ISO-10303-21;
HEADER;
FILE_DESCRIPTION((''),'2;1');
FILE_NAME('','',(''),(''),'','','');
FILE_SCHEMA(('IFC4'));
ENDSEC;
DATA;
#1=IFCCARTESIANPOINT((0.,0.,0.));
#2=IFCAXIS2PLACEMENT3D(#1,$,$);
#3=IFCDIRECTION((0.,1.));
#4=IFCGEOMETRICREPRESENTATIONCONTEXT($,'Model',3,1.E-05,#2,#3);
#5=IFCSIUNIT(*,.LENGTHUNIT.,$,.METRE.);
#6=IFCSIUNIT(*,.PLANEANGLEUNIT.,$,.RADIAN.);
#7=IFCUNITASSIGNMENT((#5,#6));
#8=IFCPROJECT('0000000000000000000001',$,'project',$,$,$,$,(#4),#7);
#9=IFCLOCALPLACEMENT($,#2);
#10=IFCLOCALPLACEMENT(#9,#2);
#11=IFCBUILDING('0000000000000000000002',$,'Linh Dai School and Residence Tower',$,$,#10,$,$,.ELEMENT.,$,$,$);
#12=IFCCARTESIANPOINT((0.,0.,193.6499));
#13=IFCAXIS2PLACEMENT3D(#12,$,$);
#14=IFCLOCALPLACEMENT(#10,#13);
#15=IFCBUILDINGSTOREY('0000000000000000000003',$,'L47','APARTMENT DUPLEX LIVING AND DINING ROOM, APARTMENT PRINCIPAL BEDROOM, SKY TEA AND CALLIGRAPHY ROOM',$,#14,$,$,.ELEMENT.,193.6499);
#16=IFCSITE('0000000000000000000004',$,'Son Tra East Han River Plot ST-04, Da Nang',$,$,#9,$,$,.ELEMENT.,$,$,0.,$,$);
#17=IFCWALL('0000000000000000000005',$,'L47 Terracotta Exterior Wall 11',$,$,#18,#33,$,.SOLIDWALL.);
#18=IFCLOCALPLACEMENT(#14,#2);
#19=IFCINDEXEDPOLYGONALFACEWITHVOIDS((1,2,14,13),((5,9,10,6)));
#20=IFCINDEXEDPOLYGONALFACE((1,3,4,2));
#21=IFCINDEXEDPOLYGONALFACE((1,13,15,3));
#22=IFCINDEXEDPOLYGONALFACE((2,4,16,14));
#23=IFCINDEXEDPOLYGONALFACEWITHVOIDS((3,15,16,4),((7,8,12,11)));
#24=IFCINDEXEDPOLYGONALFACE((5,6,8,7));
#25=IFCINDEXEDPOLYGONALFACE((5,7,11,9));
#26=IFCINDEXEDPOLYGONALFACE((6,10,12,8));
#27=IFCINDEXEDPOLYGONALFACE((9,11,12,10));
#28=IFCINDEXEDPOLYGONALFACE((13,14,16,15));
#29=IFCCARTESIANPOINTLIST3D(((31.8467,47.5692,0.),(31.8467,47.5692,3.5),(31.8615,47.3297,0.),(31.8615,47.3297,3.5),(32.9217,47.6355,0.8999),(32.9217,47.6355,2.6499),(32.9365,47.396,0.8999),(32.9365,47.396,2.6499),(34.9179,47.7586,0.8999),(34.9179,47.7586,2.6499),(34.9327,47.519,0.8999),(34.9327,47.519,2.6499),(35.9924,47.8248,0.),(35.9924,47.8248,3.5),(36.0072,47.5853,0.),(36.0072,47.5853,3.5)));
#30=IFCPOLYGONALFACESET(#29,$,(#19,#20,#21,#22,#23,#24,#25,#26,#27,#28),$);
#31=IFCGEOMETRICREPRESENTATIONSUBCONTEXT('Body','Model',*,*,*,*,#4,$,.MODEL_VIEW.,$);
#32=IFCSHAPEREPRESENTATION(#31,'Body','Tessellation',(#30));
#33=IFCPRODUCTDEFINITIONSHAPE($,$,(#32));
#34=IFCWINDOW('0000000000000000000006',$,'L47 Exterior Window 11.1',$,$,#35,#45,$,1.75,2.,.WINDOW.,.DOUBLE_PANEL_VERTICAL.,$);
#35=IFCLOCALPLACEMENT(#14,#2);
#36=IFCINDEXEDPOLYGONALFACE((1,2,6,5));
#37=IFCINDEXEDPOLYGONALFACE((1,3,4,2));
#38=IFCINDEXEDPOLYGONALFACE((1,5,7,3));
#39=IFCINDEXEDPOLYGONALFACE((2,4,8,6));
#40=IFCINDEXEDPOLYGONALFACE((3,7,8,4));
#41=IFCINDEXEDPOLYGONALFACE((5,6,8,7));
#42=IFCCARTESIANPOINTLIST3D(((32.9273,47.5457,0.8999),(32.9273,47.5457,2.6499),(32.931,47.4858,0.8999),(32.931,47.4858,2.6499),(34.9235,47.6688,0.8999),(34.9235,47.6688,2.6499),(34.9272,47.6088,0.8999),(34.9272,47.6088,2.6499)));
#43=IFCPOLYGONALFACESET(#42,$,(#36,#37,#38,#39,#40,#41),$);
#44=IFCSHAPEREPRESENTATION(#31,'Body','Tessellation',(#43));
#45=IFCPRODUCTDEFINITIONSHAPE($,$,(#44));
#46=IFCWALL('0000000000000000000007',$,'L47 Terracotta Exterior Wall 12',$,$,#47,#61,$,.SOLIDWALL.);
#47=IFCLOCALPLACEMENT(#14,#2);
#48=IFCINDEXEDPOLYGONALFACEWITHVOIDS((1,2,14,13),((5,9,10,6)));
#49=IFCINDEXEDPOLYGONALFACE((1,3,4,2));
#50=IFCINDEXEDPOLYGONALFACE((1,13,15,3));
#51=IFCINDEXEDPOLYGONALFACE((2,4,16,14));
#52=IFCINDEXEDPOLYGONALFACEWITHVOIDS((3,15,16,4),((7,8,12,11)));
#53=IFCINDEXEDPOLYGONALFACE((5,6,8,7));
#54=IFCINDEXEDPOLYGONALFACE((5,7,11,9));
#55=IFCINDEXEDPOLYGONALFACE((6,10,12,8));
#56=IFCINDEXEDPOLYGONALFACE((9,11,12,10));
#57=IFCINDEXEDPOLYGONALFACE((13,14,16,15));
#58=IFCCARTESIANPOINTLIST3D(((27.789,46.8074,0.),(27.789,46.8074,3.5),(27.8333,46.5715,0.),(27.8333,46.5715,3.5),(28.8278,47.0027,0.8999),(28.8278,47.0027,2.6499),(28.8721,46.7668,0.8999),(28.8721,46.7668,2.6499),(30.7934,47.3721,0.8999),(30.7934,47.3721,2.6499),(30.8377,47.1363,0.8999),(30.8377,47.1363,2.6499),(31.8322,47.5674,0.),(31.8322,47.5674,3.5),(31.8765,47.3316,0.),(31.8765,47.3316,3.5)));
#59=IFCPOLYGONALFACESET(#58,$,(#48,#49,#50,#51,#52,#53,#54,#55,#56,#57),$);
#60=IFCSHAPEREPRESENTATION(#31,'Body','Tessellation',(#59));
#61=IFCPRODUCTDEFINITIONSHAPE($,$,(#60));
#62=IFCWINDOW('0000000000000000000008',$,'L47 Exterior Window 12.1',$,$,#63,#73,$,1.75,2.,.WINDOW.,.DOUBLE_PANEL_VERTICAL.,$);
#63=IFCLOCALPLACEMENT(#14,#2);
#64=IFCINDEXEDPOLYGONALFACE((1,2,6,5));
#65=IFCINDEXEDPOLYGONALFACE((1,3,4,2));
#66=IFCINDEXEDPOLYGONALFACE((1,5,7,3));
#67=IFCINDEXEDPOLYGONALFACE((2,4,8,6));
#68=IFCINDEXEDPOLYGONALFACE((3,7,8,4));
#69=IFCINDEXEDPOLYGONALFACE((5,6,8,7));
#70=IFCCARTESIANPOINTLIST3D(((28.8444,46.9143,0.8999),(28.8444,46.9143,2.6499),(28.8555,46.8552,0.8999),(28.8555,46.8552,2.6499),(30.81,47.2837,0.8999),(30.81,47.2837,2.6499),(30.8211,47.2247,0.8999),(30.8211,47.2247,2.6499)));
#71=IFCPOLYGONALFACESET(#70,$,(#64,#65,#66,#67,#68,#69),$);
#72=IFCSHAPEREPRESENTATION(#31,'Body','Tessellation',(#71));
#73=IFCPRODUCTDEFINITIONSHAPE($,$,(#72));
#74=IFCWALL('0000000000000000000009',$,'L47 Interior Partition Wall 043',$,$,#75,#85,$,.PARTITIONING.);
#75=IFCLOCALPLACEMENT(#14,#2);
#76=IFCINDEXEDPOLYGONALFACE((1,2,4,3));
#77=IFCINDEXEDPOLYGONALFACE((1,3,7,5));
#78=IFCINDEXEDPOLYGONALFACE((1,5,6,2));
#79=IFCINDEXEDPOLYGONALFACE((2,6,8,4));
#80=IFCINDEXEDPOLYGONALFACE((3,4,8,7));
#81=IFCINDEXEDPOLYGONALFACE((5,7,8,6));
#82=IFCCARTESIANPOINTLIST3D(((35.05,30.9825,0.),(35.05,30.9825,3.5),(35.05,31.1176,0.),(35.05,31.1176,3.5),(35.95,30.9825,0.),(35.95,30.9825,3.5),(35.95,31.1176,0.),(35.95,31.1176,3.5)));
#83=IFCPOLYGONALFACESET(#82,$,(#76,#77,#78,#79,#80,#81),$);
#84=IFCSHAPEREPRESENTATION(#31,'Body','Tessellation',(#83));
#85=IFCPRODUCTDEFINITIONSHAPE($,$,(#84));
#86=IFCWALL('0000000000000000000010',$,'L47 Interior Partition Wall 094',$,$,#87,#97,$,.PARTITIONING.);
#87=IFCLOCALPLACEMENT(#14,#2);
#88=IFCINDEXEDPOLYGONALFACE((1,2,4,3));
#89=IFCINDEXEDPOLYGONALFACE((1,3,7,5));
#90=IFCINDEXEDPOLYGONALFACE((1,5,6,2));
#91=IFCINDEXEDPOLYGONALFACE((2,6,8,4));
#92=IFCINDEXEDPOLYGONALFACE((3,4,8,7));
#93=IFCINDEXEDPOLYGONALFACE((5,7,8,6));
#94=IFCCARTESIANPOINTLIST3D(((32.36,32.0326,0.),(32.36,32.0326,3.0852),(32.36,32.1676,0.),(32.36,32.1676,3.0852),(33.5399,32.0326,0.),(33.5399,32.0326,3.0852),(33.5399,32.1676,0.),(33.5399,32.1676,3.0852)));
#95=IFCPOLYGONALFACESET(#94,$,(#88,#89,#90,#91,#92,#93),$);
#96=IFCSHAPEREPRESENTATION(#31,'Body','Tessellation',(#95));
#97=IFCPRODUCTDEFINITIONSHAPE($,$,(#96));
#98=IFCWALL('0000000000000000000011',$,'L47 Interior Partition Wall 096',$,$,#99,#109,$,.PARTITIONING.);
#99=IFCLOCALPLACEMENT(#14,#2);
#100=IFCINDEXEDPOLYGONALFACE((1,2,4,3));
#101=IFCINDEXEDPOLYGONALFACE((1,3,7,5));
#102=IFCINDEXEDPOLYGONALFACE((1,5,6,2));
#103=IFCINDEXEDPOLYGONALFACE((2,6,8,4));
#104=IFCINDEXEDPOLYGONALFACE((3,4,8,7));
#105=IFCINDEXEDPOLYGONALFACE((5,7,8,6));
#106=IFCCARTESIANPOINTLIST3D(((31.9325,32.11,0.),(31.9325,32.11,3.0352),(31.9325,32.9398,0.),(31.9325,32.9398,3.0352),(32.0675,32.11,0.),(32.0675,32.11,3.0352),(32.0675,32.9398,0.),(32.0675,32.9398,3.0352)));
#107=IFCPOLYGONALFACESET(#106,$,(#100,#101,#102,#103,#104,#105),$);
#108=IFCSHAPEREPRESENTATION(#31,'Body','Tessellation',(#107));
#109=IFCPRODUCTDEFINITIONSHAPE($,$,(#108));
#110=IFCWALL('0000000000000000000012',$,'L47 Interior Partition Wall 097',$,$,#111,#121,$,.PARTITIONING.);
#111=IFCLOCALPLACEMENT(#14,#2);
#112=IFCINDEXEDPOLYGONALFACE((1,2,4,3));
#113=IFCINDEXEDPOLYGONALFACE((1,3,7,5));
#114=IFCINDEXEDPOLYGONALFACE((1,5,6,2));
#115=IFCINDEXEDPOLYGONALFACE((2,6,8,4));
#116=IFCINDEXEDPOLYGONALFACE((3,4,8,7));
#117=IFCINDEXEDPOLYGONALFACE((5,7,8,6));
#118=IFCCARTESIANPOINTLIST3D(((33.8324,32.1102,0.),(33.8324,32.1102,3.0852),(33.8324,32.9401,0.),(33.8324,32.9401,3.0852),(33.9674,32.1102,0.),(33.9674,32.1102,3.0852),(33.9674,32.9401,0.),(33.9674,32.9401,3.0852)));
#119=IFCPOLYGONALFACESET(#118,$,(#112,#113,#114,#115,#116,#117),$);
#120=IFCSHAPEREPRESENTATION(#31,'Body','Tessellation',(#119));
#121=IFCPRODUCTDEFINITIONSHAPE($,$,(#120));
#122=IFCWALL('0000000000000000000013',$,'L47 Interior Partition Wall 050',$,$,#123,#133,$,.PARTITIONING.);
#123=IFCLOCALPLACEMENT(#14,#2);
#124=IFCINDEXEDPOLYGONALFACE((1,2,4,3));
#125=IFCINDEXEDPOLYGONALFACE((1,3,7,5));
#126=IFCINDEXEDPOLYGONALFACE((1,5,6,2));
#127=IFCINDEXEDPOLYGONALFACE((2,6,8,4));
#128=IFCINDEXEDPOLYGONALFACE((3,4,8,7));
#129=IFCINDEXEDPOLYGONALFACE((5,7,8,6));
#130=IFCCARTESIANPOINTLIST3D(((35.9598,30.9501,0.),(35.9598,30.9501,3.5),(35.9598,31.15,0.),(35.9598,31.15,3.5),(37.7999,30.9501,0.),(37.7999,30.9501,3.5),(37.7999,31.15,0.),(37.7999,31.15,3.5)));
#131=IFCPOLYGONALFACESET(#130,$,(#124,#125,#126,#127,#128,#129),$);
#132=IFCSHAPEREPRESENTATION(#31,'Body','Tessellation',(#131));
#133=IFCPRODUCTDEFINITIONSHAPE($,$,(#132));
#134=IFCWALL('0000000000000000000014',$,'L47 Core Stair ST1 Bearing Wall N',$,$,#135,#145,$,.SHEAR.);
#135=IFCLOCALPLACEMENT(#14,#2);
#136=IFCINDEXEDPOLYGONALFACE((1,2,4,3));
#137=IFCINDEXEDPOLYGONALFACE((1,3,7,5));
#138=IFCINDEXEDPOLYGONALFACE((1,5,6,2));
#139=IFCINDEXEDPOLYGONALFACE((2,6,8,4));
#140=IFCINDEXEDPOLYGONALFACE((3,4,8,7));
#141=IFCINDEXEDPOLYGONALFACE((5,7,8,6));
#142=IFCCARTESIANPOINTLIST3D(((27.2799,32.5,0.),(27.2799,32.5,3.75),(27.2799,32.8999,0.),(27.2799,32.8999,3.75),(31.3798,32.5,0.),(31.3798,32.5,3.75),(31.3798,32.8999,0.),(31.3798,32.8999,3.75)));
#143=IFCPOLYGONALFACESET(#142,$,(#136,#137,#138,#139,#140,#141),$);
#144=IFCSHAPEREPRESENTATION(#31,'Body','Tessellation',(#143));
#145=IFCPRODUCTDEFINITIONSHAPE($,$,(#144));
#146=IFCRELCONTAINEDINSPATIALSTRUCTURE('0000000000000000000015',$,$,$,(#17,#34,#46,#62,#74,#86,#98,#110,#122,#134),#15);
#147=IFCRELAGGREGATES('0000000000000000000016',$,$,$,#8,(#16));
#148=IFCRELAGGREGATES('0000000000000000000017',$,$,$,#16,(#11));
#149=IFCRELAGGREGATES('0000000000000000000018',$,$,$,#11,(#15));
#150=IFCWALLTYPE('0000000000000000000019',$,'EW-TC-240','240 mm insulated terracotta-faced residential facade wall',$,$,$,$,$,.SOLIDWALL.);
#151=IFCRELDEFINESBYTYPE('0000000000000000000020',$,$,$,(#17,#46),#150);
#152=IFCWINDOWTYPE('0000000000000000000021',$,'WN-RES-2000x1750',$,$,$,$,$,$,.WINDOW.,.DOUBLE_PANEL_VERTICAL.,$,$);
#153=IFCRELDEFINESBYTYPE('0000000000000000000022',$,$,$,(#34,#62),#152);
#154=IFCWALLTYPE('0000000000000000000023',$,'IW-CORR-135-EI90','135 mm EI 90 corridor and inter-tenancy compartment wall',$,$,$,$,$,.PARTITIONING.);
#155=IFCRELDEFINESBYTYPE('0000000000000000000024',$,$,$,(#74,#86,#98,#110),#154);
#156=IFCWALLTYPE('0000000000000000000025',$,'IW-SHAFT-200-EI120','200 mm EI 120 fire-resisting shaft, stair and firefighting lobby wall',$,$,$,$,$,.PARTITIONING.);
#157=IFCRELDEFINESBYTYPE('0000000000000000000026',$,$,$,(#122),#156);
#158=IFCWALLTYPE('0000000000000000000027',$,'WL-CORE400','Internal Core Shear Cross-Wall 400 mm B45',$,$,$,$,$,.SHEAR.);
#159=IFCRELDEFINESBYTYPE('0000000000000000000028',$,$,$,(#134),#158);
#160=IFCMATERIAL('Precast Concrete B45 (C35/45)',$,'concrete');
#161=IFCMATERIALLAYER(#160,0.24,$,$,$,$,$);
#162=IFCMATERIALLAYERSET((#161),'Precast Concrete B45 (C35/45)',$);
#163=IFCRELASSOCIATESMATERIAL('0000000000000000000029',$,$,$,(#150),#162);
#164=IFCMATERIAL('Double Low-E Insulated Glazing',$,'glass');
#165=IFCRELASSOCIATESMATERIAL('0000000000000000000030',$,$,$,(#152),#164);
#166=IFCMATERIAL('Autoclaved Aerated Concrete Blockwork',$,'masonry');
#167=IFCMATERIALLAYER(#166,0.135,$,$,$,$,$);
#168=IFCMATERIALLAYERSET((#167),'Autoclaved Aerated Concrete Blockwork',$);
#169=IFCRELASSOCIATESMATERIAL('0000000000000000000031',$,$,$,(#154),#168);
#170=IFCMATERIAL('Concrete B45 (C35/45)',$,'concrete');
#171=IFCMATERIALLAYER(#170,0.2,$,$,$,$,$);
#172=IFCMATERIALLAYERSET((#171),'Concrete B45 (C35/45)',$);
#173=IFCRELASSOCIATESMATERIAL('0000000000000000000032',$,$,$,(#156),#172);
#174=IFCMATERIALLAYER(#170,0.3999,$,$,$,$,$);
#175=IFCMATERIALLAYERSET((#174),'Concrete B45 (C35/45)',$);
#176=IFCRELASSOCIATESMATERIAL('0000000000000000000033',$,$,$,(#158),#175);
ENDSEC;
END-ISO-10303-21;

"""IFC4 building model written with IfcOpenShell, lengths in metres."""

from ifc_helpers import new_model, si_unit, direction, frame, frame_2d, origin, origin_2d, place, context, subcontext, project, spatial, rectangle, extrude, source, transform, mapped, material, layer, layer_set, type_object, element, fill, save


model = new_model("IFC4")

# Units and contexts
model_context = context("Model", 3, precision=1e-05, world=origin(), true_north=direction((0.0, 1.0)))
body_context = subcontext(model_context, "Body", "Model", "MODEL_VIEW")
ifc_project = project(units=[si_unit("LENGTHUNIT", "METRE"), si_unit("PLANEANGLEUNIT", "RADIAN")], contexts=[model_context])

# Site, building, storey
site_placement = place(None, origin())
site = spatial("IfcSite", under=ifc_project, at=site_placement, Name="Son Tra East Han River Plot ST-04, Da Nang", CompositionType="ELEMENT", RefElevation=0.0)
building_placement = place(site_placement, origin())
building = spatial("IfcBuilding", under=site, at=building_placement, Name="Linh Dai School and Residence Tower", CompositionType="ELEMENT")
storey_placement = place(building_placement, frame((0.0, 0.0, 193.6499)))
storey = spatial("IfcBuildingStorey", under=building, at=storey_placement, Name="L47", Description="APARTMENT DUPLEX LIVING AND DINING ROOM, APARTMENT PRINCIPAL BEDROOM, SKY TEA AND CALLIGRAPHY ROOM", CompositionType="ELEMENT", Elevation=193.6499)

# Walls, openings, windows
ifc_material_1 = material(Name="Precast Concrete B45 (C35/45)", Category="concrete")
ifc_layer_1 = layer(ifc_material_1, 0.24)
ifc_layer_set_1 = layer_set([ifc_layer_1], Name="Precast Concrete B45 (C35/45)")
wall_type_1 = type_object("IfcWallType", Name="EW-TC-240", Description="240 mm insulated terracotta-faced residential facade wall", PredefinedType="SOLIDWALL", material=ifc_layer_set_1)
wall_1_placement = place(storey_placement, frame((31.8542, 47.4495, 0.0), z_axis=(0.0, 0.0, 1.0), x_axis=(0.998105, 0.06154, 0.0)))
wall_1 = element("IfcWall", 1, at=wall_1_placement, inside=storey, type_object=wall_type_1, Name="L47 Terracotta Exterior Wall 11", PredefinedType="SOLIDWALL", context=body_context, shape_type="SweptSolid", body=[
    extrude(rectangle(XDim=4.1536, YDim=0.24, at=frame_2d((2.0767, 0.0))), origin(), (0.0, 0.0, 1.0), 3.5),
])
opening_1_placement = place(wall_1_placement, frame((1.0769, 0.0, 0.8999)))
opening_1 = element("IfcOpeningElement", 2, at=opening_1_placement, cuts=wall_1, PredefinedType="OPENING", context=body_context, shape_type="SweptSolid", body=[
    extrude(rectangle(XDim=2.0, YDim=1.75, at=origin_2d()), frame((1.0, 0.1299, 0.875), z_axis=(0.0, -1.0, 0.0), x_axis=(1.0, 0.0, 0.0)), (0.0, 0.0, 1.0), 0.26),
])
ifc_material_2 = material(Name="Double Low-E Insulated Glazing", Category="glass")
window_type = type_object("IfcWindowType", Name="WN-RES-2000x1750", PartitioningType="DOUBLE_PANEL_VERTICAL", PredefinedType="WINDOW", material=ifc_material_2)
shared_shape_1 = source(origin(), body_context, "Body", "SweptSolid", [
    extrude(rectangle(XDim=2.0, YDim=1.75, at=origin_2d()), frame((1.0, 0.03, 0.875), z_axis=(0.0, -1.0, 0.0), x_axis=(1.0, 0.0, 0.0)), (0.0, 0.0, 1.0), 0.0601),
])
window_1_placement = place(opening_1_placement, origin())
window_1 = element("IfcWindow", 3, at=window_1_placement, inside=storey, type_object=window_type, Name="L47 Exterior Window 11.1", OverallHeight=1.75, OverallWidth=2.0, PartitioningType="DOUBLE_PANEL_VERTICAL", PredefinedType="WINDOW", context=body_context, shape_type="MappedRepresentation", body=[
    mapped(shared_shape_1, transform((0.0, 0.0, 0.0), x_axis=(1.0, 0.0, 0.0), y_axis=(0.0, 1.0, 0.0), z_axis=(0.0, 0.0, 1.0), scale=1.0)),
])
fill(opening_1, window_1)
wall_2_placement = place(storey_placement, frame((27.811, 46.6895, 0.0), z_axis=(0.0, 0.0, 1.0), x_axis=(0.982788, 0.184736, 0.0)))
wall_2 = element("IfcWall", 4, at=wall_2_placement, inside=storey, type_object=wall_type_1, Name="L47 Terracotta Exterior Wall 12", PredefinedType="SOLIDWALL", context=body_context, shape_type="SweptSolid", body=[
    extrude(rectangle(XDim=4.114, YDim=0.24, at=frame_2d((2.0571, 0.0))), origin(), (0.0, 0.0, 1.0), 3.5),
])
opening_2_placement = place(wall_2_placement, frame((1.0571, 0.0, 0.8999)))
opening_2 = element("IfcOpeningElement", 5, at=opening_2_placement, cuts=wall_2, PredefinedType="OPENING", context=body_context, shape_type="SweptSolid", body=[
    extrude(rectangle(XDim=2.0, YDim=1.75, at=origin_2d()), frame((1.0, 0.1299, 0.875), z_axis=(0.0, -1.0, 0.0), x_axis=(1.0, 0.0, 0.0)), (0.0, 0.0, 1.0), 0.26),
])
window_2_placement = place(opening_2_placement, origin())
window_2 = element("IfcWindow", 6, at=window_2_placement, inside=storey, type_object=window_type, Name="L47 Exterior Window 12.1", OverallHeight=1.75, OverallWidth=2.0, PartitioningType="DOUBLE_PANEL_VERTICAL", PredefinedType="WINDOW", context=body_context, shape_type="MappedRepresentation", body=[
    mapped(shared_shape_1, transform((0.0, 0.0, 0.0), x_axis=(1.0, 0.0, 0.0), y_axis=(0.0, 1.0, 0.0), z_axis=(0.0, 0.0, 1.0), scale=1.0)),
])
fill(opening_2, window_2)

# Shared definitions
ifc_material_3 = material(Name="Autoclaved Aerated Concrete Blockwork", Category="masonry")
ifc_layer_2 = layer(ifc_material_3, 0.135)
ifc_layer_set_2 = layer_set([ifc_layer_2], Name="Autoclaved Aerated Concrete Blockwork")
wall_type_2 = type_object("IfcWallType", Name="IW-CORR-135-EI90", Description="135 mm EI 90 corridor and inter-tenancy compartment wall", PredefinedType="PARTITIONING", material=ifc_layer_set_2)

# Walls
wall_3_placement = place(storey_placement, frame((35.05, 31.05, 0.0), z_axis=(0.0, 0.0, 1.0), x_axis=(1.0, 0.0, 0.0)))
element("IfcWall", 7, at=wall_3_placement, inside=storey, type_object=wall_type_2, Name="L47 Interior Partition Wall 043", PredefinedType="PARTITIONING", context=body_context, shape_type="SweptSolid", body=[
    extrude(rectangle(XDim=0.8999, YDim=0.135, at=frame_2d((0.45, 0.0))), origin(), (0.0, 0.0, 1.0), 3.5),
])
wall_4_placement = place(storey_placement, frame((32.3601, 32.1001, 0.0), z_axis=(0.0, 0.0, 1.0), x_axis=(1.0, 0.0, 0.0)))
element("IfcWall", 8, at=wall_4_placement, inside=storey, type_object=wall_type_2, Name="L47 Interior Partition Wall 094", PredefinedType="PARTITIONING", context=body_context, shape_type="SweptSolid", body=[
    extrude(rectangle(XDim=1.1799, YDim=0.135, at=frame_2d((0.5898, 0.0))), origin(), (0.0, 0.0, 1.0), 3.0852),
])
wall_5_placement = place(storey_placement, frame((32.0, 32.9399, 0.0), z_axis=(0.0, 0.0, 1.0), x_axis=(0.0, -1.0, 0.0)))
element("IfcWall", 9, at=wall_5_placement, inside=storey, type_object=wall_type_2, Name="L47 Interior Partition Wall 096", PredefinedType="PARTITIONING", context=body_context, shape_type="SweptSolid", body=[
    extrude(rectangle(XDim=0.8298, YDim=0.135, at=frame_2d((0.415, 0.0))), origin(), (0.0, 0.0, 1.0), 3.0352),
])
wall_6_placement = place(storey_placement, frame((33.8999, 32.1101, 0.0), z_axis=(0.0, 0.0, 1.0), x_axis=(0.0, 1.0, 0.0)))
element("IfcWall", 10, at=wall_6_placement, inside=storey, type_object=wall_type_2, Name="L47 Interior Partition Wall 097", PredefinedType="PARTITIONING", context=body_context, shape_type="SweptSolid", body=[
    extrude(rectangle(XDim=0.8298, YDim=0.135, at=frame_2d((0.415, 0.0))), origin(), (0.0, 0.0, 1.0), 3.0852),
])
ifc_material_4 = material(Name="Concrete B45 (C35/45)", Category="concrete")
ifc_layer_3 = layer(ifc_material_4, 0.2)
ifc_layer_set_3 = layer_set([ifc_layer_3], Name="Concrete B45 (C35/45)")
wall_type_3 = type_object("IfcWallType", Name="IW-SHAFT-200-EI120", Description="200 mm EI 120 fire-resisting shaft, stair and firefighting lobby wall", PredefinedType="PARTITIONING", material=ifc_layer_set_3)
wall_7_placement = place(storey_placement, frame((35.96, 31.05, 0.0), z_axis=(0.0, 0.0, 1.0), x_axis=(1.0, 0.0, 0.0)))
element("IfcWall", 11, at=wall_7_placement, inside=storey, type_object=wall_type_3, Name="L47 Interior Partition Wall 050", PredefinedType="PARTITIONING", context=body_context, shape_type="SweptSolid", body=[
    extrude(rectangle(XDim=1.8401, YDim=0.2, at=frame_2d((0.9199, 0.0))), origin(), (0.0, 0.0, 1.0), 3.5),
])
ifc_layer_4 = layer(ifc_material_4, 0.3999)
ifc_layer_set_4 = layer_set([ifc_layer_4], Name="Concrete B45 (C35/45)")
wall_type_4 = type_object("IfcWallType", Name="WL-CORE400", Description="Internal Core Shear Cross-Wall 400 mm B45", PredefinedType="SHEAR", material=ifc_layer_set_4)
wall_8_placement = place(storey_placement, frame((27.28, 32.7, 0.0), z_axis=(0.0, 0.0, 1.0), x_axis=(1.0, 0.0, 0.0)))
element("IfcWall", 12, at=wall_8_placement, inside=storey, type_object=wall_type_4, Name="L47 Core Stair ST1 Bearing Wall N", PredefinedType="SHEAR", context=body_context, shape_type="SweptSolid", body=[
    extrude(rectangle(XDim=4.0999, YDim=0.3999, at=frame_2d((2.0498, 0.0))), origin(), (0.0, 0.0, 1.0), 3.75),
])

save(model, "model.ifc")
